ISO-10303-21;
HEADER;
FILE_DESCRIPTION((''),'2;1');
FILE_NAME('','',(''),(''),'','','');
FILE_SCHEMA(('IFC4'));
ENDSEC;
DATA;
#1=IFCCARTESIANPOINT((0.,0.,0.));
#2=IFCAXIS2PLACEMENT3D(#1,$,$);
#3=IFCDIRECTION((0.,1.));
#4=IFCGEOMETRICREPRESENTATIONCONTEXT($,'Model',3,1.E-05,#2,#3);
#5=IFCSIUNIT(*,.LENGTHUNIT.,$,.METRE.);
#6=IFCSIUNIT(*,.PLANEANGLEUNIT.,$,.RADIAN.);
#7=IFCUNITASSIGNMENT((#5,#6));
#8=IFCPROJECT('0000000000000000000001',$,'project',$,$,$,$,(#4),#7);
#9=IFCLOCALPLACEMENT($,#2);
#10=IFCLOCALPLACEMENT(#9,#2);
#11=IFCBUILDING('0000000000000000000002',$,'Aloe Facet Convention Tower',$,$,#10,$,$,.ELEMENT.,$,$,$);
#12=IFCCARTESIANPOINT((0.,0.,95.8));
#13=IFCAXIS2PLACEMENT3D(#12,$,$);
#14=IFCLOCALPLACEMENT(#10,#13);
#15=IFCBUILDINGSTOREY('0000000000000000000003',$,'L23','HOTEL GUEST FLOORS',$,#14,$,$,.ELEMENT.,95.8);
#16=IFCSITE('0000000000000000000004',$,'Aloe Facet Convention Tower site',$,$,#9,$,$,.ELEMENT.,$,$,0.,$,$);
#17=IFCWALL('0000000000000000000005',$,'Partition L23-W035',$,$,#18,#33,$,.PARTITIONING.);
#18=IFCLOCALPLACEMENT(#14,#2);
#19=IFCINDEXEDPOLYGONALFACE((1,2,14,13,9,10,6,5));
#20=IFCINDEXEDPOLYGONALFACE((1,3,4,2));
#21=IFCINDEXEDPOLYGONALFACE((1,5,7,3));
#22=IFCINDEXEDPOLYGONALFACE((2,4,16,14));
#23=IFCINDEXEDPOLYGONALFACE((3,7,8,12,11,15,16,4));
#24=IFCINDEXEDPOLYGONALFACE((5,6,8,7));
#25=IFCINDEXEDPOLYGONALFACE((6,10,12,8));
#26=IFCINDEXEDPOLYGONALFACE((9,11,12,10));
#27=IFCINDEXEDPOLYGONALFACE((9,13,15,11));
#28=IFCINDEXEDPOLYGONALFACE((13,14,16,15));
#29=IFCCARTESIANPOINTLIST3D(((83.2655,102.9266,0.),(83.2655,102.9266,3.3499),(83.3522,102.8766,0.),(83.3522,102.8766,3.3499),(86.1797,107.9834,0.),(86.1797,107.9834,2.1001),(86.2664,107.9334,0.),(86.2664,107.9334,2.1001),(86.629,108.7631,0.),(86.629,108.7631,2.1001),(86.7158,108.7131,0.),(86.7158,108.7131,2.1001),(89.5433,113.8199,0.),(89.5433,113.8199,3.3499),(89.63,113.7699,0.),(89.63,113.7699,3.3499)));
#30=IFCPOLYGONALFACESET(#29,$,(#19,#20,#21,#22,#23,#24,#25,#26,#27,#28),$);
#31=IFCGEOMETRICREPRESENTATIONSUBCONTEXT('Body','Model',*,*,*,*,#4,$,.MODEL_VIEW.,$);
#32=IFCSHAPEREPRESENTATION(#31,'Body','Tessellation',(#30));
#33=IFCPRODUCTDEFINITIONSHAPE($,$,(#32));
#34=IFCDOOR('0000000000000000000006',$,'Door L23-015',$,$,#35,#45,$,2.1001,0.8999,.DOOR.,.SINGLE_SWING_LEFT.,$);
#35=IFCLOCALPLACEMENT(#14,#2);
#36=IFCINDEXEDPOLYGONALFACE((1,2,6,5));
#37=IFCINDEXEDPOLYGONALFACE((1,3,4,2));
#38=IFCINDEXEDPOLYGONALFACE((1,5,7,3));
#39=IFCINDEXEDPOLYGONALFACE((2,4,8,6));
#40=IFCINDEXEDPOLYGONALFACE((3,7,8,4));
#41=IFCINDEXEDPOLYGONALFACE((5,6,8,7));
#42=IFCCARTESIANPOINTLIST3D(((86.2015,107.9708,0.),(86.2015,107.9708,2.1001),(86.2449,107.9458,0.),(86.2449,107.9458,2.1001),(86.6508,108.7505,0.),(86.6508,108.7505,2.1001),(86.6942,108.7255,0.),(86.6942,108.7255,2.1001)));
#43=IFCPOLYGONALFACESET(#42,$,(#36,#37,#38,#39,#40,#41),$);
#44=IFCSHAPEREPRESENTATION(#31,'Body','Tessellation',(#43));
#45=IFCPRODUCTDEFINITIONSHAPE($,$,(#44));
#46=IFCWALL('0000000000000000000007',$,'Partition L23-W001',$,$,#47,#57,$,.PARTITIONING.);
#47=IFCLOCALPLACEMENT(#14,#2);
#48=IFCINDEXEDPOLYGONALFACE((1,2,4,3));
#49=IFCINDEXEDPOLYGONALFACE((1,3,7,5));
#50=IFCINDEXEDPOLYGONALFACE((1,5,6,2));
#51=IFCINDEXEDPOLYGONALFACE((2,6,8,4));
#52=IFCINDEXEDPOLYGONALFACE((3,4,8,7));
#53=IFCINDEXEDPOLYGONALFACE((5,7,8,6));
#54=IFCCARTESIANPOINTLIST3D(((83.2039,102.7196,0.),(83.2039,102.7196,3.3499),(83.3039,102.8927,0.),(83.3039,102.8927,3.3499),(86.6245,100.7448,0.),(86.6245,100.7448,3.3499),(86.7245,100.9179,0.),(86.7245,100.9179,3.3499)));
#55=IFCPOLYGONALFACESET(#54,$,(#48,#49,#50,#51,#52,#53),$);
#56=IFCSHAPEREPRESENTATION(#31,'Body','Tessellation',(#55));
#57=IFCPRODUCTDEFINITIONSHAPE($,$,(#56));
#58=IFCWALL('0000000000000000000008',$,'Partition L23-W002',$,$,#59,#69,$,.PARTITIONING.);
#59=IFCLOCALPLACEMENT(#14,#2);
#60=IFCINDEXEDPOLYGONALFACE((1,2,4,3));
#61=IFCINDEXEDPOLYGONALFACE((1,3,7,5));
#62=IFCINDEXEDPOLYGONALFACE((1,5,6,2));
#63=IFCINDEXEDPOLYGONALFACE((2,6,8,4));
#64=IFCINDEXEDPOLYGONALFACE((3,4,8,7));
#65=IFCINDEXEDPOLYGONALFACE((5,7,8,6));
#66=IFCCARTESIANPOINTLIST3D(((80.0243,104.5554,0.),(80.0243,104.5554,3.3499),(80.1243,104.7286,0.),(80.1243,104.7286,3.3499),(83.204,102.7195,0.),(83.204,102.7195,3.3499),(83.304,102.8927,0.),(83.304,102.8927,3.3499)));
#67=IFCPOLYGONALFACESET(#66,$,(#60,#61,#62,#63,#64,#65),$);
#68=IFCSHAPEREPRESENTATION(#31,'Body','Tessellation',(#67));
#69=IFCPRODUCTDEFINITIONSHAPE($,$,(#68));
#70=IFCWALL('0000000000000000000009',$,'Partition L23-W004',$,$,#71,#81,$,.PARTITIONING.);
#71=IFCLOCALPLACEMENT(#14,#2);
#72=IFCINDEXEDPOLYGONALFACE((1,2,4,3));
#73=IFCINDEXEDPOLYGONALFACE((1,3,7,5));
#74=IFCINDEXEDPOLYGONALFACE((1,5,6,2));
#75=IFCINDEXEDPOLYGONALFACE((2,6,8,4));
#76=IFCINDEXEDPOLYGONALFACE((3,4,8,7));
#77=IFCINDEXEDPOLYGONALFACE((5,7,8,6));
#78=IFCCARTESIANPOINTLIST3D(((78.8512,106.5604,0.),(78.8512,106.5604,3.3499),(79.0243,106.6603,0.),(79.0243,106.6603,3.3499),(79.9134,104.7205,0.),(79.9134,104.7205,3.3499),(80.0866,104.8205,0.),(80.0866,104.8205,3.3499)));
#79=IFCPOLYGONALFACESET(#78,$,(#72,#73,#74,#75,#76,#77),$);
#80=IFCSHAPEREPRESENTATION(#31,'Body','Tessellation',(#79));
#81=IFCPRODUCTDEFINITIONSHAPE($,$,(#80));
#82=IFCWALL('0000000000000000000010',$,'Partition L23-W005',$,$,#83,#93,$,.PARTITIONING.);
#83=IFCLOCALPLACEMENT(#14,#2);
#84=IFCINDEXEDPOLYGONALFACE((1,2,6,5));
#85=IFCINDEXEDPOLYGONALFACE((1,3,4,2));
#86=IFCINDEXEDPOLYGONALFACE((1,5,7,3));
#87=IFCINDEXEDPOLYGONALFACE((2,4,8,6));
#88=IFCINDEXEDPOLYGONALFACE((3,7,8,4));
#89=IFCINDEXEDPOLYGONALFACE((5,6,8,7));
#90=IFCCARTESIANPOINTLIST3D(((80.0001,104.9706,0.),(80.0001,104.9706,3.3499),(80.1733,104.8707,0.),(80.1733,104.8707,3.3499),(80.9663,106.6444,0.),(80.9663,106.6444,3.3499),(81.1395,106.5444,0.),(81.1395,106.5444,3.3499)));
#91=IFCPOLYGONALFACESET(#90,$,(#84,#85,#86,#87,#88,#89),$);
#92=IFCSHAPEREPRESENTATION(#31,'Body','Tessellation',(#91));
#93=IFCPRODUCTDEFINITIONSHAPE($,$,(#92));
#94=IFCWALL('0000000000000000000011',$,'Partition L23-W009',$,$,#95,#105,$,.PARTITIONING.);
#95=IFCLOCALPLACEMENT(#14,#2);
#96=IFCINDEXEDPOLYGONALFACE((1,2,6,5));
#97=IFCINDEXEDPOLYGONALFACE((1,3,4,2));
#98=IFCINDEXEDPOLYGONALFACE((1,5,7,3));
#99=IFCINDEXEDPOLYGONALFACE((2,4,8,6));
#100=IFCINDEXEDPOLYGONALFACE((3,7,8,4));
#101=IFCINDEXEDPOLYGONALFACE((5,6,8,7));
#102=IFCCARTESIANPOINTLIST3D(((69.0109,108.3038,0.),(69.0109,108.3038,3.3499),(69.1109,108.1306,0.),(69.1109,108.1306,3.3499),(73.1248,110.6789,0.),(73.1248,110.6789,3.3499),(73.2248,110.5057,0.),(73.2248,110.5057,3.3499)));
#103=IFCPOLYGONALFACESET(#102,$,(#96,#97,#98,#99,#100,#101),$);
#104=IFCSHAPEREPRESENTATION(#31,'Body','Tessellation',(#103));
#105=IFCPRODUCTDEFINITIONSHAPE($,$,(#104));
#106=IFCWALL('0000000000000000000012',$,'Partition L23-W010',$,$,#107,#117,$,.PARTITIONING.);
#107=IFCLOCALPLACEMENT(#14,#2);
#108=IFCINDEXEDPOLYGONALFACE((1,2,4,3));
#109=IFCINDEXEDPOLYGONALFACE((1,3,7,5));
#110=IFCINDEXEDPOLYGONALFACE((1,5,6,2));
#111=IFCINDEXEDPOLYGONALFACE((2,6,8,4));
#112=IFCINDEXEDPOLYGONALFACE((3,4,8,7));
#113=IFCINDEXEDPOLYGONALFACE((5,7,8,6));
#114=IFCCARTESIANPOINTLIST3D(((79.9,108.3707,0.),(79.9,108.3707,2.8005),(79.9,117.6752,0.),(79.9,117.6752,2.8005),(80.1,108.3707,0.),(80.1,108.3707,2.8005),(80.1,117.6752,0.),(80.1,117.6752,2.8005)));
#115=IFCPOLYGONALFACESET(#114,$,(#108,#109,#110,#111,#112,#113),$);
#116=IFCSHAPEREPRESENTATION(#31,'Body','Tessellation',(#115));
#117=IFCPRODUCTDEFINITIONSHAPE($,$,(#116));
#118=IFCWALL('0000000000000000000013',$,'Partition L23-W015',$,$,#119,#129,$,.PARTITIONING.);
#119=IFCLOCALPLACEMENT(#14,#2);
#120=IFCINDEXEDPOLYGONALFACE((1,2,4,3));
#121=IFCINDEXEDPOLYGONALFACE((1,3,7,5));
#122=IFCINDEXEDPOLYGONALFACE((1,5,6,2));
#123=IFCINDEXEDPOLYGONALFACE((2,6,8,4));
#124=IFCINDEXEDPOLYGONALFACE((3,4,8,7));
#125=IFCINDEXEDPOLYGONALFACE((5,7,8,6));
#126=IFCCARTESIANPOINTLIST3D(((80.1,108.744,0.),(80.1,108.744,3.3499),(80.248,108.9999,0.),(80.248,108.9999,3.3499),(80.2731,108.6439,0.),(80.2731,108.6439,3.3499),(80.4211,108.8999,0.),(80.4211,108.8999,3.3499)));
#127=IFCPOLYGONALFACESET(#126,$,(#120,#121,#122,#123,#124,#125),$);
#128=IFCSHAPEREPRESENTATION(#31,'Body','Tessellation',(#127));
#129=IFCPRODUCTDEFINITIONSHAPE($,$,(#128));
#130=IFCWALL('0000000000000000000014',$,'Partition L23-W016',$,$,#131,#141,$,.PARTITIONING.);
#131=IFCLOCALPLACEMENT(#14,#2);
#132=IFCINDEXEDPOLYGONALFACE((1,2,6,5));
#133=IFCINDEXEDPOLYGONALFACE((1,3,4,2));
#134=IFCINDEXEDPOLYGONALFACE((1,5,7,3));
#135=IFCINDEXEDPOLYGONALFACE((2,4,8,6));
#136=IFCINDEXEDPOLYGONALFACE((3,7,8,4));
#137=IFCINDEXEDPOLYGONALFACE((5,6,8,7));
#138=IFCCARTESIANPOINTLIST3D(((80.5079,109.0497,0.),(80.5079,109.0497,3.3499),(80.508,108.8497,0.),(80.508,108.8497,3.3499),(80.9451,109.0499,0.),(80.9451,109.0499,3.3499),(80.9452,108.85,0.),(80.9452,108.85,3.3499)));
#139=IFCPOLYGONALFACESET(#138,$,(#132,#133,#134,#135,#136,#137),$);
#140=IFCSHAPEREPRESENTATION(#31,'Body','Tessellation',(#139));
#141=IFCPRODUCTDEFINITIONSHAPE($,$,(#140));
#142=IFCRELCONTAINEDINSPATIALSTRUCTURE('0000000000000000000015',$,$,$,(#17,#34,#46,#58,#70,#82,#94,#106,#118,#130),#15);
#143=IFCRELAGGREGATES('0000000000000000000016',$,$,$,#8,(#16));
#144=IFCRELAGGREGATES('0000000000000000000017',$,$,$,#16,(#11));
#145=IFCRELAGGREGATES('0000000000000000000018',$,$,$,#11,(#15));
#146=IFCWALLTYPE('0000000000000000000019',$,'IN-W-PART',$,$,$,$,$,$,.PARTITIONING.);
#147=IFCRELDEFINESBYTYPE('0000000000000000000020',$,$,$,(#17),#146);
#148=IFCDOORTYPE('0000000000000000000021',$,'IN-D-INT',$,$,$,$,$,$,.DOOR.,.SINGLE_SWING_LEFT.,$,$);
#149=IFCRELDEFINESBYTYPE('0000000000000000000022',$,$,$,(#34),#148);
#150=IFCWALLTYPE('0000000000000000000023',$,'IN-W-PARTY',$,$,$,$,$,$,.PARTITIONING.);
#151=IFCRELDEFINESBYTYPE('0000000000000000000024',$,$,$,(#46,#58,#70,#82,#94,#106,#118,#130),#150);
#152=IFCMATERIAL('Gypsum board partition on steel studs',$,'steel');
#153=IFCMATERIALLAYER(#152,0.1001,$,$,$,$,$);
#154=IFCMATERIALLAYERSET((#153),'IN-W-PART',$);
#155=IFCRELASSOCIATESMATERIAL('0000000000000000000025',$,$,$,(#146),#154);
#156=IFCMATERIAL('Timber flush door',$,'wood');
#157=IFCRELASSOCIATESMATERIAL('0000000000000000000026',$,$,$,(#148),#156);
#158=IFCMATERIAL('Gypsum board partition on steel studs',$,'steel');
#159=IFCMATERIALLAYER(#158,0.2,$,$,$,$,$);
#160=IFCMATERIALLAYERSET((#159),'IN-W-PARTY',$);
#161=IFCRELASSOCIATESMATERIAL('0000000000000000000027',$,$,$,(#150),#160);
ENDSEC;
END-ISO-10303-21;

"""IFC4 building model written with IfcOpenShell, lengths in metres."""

from ifc_helpers import new_model, si_unit, direction, frame, frame_2d, origin, place, context, subcontext, project, spatial, rectangle, extrude, material, layer, layer_set, type_object, element, fill, save


model = new_model("IFC4")

# Units and contexts
model_context = context("Model", 3, precision=1e-05, world=origin(), true_north=direction((0.0, 1.0)))
body_context = subcontext(model_context, "Body", "Model", "MODEL_VIEW")
ifc_project = project(units=[si_unit("LENGTHUNIT", "METRE"), si_unit("PLANEANGLEUNIT", "RADIAN")], contexts=[model_context])

# Site, building, storey
site_placement = place(None, origin())
site = spatial("IfcSite", under=ifc_project, at=site_placement, Name="Aloe Facet Convention Tower site", CompositionType="ELEMENT", RefElevation=0.0)
building_placement = place(site_placement, origin())
building = spatial("IfcBuilding", under=site, at=building_placement, Name="Aloe Facet Convention Tower", CompositionType="ELEMENT")
storey_placement = place(building_placement, frame((0.0, 0.0, 95.8)))
storey = spatial("IfcBuildingStorey", under=building, at=storey_placement, Name="L23", Description="HOTEL GUEST FLOORS", CompositionType="ELEMENT", Elevation=95.8)

# Shared definitions
ifc_material_1 = material(Name="Gypsum board partition on steel studs", Category="steel")
ifc_layer_1 = layer(ifc_material_1, 0.1001)
ifc_layer_set_1 = layer_set([ifc_layer_1], Name="IN-W-PART")
wall_type_1 = type_object("IfcWallType", Name="IN-W-PART", PredefinedType="PARTITIONING", material=ifc_layer_set_1)

# Wall, opening, door
wall_1_placement = place(storey_placement, frame((83.3088, 102.9016, 0.0), z_axis=(0.0, 0.0, 1.0), x_axis=(0.499318, 0.866419, 0.0)))
wall_1 = element("IfcWall", 1, at=wall_1_placement, inside=storey, type_object=wall_type_1, Name="Partition L23-W035", PredefinedType="PARTITIONING", context=body_context, shape_type="SweptSolid", body=[
    extrude(rectangle(XDim=12.5728, YDim=0.1001, at=frame_2d((6.2864, 0.0))), origin(), (0.0, 0.0, 1.0), 3.3499),
])
opening_1_placement = place(wall_1_placement, frame((5.8364, 0.0, 0.0)))
opening_1 = element("IfcOpeningElement", 2, at=opening_1_placement, cuts=wall_1, PredefinedType="OPENING", context=body_context, shape_type="SweptSolid", body=[
    extrude(rectangle(XDim=0.8999, YDim=2.1001, at=frame_2d((0.45, 1.05))), frame((0.0, 0.0601, 0.0), z_axis=(0.0, -1.0, 0.0), x_axis=(1.0, 0.0, 0.0)), (0.0, 0.0, 1.0), 0.1201),
])
ifc_material_2 = material(Name="Timber flush door", Category="wood")
door_type_1 = type_object("IfcDoorType", Name="IN-D-INT", OperationType="SINGLE_SWING_LEFT", PredefinedType="DOOR", material=ifc_material_2)
door_1_placement = place(opening_1_placement, origin())
door_1 = element("IfcDoor", 3, at=door_1_placement, inside=storey, type_object=door_type_1, Name="Door L23-015", OperationType="SINGLE_SWING_LEFT", OverallHeight=2.1001, OverallWidth=0.8999, PredefinedType="DOOR", context=body_context, shape_type="SweptSolid", body=[
    extrude(rectangle(XDim=0.8999, YDim=2.1001, at=frame_2d((0.45, 1.05))), frame((0.0, 0.0249, 0.0), z_axis=(0.0, -1.0, 0.0), x_axis=(1.0, 0.0, 0.0)), (0.0, 0.0, 1.0), 0.05),
])
fill(opening_1, door_1)

# Walls
ifc_material_3 = material(Name="Gypsum board partition on steel studs", Category="steel")
ifc_layer_2 = layer(ifc_material_3, 0.2)
ifc_layer_set_2 = layer_set([ifc_layer_2], Name="IN-W-PARTY")
wall_type_2 = type_object("IfcWallType", Name="IN-W-PARTY", PredefinedType="PARTITIONING", material=ifc_layer_set_2)
wall_2_placement = place(storey_placement, frame((83.2539, 102.8062, 0.0), z_axis=(0.0, 0.0, 1.0), x_axis=(0.866032, -0.499988, 0.0)))
element("IfcWall", 4, at=wall_2_placement, inside=storey, type_object=wall_type_2, Name="Partition L23-W001", PredefinedType="PARTITIONING", context=body_context, shape_type="SweptSolid", body=[
    extrude(rectangle(XDim=3.9497, YDim=0.2, at=frame_2d((1.9749, 0.0))), origin(), (0.0, 0.0, 1.0), 3.3499),
])
wall_3_placement = place(storey_placement, frame((80.0742, 104.6421, 0.0), z_axis=(0.0, 0.0, 1.0), x_axis=(0.866008, -0.500029, 0.0)))
element("IfcWall", 5, at=wall_3_placement, inside=storey, type_object=wall_type_2, Name="Partition L23-W002", PredefinedType="PARTITIONING", context=body_context, shape_type="SweptSolid", body=[
    extrude(rectangle(XDim=3.6716, YDim=0.2, at=frame_2d((1.8359, 0.0))), origin(), (0.0, 0.0, 1.0), 3.3499),
])
wall_4_placement = place(storey_placement, frame((78.9377, 106.6104, 0.0), z_axis=(0.0, 0.0, 1.0), x_axis=(0.500008, -0.866021, 0.0)))
element("IfcWall", 6, at=wall_4_placement, inside=storey, type_object=wall_type_2, Name="Partition L23-W004", PredefinedType="PARTITIONING", context=body_context, shape_type="SweptSolid", body=[
    extrude(rectangle(XDim=2.1245, YDim=0.2, at=frame_2d((1.0623, 0.0))), origin(), (0.0, 0.0, 1.0), 3.3499),
])
wall_5_placement = place(storey_placement, frame((80.0867, 104.9207, 0.0), z_axis=(0.0, 0.0, 1.0), x_axis=(0.49997, 0.866043, 0.0)))
element("IfcWall", 7, at=wall_5_placement, inside=storey, type_object=wall_type_2, Name="Partition L23-W005", PredefinedType="PARTITIONING", context=body_context, shape_type="SweptSolid", body=[
    extrude(rectangle(XDim=1.9326, YDim=0.2, at=frame_2d((0.9663, 0.0))), origin(), (0.0, 0.0, 1.0), 3.3499),
])
wall_6_placement = place(storey_placement, frame((69.061, 108.2173, 0.0), z_axis=(0.0, 0.0, 1.0), x_axis=(0.866033, 0.499986, 0.0)))
element("IfcWall", 8, at=wall_6_placement, inside=storey, type_object=wall_type_2, Name="Partition L23-W009", PredefinedType="PARTITIONING", context=body_context, shape_type="SweptSolid", body=[
    extrude(rectangle(XDim=4.7502, YDim=0.2, at=frame_2d((2.375, 0.0))), origin(), (0.0, 0.0, 1.0), 3.3499),
])
wall_7_placement = place(storey_placement, frame((80.0, 108.3706, 0.0), z_axis=(0.0, 0.0, 1.0), x_axis=(0.0, 1.0, 0.0)))
element("IfcWall", 9, at=wall_7_placement, inside=storey, type_object=wall_type_2, Name="Partition L23-W010", PredefinedType="PARTITIONING", context=body_context, shape_type="SweptSolid", body=[
    extrude(rectangle(XDim=9.3044, YDim=0.2, at=frame_2d((4.6523, 0.0))), origin(), (0.0, 0.0, 1.0), 2.8005),
])
wall_8_placement = place(storey_placement, frame((80.1865, 108.6938, 0.0), z_axis=(0.0, 0.0, 1.0), x_axis=(0.50058, 0.86569, 0.0)))
element("IfcWall", 10, at=wall_8_placement, inside=storey, type_object=wall_type_2, Name="Partition L23-W015", PredefinedType="PARTITIONING", context=body_context, shape_type="SweptSolid", body=[
    extrude(rectangle(XDim=0.2957, YDim=0.2, at=frame_2d((0.1479, 0.0))), origin(), (0.0, 0.0, 1.0), 3.3499),
])
wall_9_placement = place(storey_placement, frame((80.5078, 108.9497, 0.0), z_axis=(0.0, 0.0, 1.0), x_axis=(1.0, 0.000558, 0.0)))
element("IfcWall", 11, at=wall_9_placement, inside=storey, type_object=wall_type_2, Name="Partition L23-W016", PredefinedType="PARTITIONING", context=body_context, shape_type="SweptSolid", body=[
    extrude(rectangle(XDim=0.4373, YDim=0.2, at=frame_2d((0.2188, 0.0))), origin(), (0.0, 0.0, 1.0), 3.3499),
])

save(model, "model.ifc")
